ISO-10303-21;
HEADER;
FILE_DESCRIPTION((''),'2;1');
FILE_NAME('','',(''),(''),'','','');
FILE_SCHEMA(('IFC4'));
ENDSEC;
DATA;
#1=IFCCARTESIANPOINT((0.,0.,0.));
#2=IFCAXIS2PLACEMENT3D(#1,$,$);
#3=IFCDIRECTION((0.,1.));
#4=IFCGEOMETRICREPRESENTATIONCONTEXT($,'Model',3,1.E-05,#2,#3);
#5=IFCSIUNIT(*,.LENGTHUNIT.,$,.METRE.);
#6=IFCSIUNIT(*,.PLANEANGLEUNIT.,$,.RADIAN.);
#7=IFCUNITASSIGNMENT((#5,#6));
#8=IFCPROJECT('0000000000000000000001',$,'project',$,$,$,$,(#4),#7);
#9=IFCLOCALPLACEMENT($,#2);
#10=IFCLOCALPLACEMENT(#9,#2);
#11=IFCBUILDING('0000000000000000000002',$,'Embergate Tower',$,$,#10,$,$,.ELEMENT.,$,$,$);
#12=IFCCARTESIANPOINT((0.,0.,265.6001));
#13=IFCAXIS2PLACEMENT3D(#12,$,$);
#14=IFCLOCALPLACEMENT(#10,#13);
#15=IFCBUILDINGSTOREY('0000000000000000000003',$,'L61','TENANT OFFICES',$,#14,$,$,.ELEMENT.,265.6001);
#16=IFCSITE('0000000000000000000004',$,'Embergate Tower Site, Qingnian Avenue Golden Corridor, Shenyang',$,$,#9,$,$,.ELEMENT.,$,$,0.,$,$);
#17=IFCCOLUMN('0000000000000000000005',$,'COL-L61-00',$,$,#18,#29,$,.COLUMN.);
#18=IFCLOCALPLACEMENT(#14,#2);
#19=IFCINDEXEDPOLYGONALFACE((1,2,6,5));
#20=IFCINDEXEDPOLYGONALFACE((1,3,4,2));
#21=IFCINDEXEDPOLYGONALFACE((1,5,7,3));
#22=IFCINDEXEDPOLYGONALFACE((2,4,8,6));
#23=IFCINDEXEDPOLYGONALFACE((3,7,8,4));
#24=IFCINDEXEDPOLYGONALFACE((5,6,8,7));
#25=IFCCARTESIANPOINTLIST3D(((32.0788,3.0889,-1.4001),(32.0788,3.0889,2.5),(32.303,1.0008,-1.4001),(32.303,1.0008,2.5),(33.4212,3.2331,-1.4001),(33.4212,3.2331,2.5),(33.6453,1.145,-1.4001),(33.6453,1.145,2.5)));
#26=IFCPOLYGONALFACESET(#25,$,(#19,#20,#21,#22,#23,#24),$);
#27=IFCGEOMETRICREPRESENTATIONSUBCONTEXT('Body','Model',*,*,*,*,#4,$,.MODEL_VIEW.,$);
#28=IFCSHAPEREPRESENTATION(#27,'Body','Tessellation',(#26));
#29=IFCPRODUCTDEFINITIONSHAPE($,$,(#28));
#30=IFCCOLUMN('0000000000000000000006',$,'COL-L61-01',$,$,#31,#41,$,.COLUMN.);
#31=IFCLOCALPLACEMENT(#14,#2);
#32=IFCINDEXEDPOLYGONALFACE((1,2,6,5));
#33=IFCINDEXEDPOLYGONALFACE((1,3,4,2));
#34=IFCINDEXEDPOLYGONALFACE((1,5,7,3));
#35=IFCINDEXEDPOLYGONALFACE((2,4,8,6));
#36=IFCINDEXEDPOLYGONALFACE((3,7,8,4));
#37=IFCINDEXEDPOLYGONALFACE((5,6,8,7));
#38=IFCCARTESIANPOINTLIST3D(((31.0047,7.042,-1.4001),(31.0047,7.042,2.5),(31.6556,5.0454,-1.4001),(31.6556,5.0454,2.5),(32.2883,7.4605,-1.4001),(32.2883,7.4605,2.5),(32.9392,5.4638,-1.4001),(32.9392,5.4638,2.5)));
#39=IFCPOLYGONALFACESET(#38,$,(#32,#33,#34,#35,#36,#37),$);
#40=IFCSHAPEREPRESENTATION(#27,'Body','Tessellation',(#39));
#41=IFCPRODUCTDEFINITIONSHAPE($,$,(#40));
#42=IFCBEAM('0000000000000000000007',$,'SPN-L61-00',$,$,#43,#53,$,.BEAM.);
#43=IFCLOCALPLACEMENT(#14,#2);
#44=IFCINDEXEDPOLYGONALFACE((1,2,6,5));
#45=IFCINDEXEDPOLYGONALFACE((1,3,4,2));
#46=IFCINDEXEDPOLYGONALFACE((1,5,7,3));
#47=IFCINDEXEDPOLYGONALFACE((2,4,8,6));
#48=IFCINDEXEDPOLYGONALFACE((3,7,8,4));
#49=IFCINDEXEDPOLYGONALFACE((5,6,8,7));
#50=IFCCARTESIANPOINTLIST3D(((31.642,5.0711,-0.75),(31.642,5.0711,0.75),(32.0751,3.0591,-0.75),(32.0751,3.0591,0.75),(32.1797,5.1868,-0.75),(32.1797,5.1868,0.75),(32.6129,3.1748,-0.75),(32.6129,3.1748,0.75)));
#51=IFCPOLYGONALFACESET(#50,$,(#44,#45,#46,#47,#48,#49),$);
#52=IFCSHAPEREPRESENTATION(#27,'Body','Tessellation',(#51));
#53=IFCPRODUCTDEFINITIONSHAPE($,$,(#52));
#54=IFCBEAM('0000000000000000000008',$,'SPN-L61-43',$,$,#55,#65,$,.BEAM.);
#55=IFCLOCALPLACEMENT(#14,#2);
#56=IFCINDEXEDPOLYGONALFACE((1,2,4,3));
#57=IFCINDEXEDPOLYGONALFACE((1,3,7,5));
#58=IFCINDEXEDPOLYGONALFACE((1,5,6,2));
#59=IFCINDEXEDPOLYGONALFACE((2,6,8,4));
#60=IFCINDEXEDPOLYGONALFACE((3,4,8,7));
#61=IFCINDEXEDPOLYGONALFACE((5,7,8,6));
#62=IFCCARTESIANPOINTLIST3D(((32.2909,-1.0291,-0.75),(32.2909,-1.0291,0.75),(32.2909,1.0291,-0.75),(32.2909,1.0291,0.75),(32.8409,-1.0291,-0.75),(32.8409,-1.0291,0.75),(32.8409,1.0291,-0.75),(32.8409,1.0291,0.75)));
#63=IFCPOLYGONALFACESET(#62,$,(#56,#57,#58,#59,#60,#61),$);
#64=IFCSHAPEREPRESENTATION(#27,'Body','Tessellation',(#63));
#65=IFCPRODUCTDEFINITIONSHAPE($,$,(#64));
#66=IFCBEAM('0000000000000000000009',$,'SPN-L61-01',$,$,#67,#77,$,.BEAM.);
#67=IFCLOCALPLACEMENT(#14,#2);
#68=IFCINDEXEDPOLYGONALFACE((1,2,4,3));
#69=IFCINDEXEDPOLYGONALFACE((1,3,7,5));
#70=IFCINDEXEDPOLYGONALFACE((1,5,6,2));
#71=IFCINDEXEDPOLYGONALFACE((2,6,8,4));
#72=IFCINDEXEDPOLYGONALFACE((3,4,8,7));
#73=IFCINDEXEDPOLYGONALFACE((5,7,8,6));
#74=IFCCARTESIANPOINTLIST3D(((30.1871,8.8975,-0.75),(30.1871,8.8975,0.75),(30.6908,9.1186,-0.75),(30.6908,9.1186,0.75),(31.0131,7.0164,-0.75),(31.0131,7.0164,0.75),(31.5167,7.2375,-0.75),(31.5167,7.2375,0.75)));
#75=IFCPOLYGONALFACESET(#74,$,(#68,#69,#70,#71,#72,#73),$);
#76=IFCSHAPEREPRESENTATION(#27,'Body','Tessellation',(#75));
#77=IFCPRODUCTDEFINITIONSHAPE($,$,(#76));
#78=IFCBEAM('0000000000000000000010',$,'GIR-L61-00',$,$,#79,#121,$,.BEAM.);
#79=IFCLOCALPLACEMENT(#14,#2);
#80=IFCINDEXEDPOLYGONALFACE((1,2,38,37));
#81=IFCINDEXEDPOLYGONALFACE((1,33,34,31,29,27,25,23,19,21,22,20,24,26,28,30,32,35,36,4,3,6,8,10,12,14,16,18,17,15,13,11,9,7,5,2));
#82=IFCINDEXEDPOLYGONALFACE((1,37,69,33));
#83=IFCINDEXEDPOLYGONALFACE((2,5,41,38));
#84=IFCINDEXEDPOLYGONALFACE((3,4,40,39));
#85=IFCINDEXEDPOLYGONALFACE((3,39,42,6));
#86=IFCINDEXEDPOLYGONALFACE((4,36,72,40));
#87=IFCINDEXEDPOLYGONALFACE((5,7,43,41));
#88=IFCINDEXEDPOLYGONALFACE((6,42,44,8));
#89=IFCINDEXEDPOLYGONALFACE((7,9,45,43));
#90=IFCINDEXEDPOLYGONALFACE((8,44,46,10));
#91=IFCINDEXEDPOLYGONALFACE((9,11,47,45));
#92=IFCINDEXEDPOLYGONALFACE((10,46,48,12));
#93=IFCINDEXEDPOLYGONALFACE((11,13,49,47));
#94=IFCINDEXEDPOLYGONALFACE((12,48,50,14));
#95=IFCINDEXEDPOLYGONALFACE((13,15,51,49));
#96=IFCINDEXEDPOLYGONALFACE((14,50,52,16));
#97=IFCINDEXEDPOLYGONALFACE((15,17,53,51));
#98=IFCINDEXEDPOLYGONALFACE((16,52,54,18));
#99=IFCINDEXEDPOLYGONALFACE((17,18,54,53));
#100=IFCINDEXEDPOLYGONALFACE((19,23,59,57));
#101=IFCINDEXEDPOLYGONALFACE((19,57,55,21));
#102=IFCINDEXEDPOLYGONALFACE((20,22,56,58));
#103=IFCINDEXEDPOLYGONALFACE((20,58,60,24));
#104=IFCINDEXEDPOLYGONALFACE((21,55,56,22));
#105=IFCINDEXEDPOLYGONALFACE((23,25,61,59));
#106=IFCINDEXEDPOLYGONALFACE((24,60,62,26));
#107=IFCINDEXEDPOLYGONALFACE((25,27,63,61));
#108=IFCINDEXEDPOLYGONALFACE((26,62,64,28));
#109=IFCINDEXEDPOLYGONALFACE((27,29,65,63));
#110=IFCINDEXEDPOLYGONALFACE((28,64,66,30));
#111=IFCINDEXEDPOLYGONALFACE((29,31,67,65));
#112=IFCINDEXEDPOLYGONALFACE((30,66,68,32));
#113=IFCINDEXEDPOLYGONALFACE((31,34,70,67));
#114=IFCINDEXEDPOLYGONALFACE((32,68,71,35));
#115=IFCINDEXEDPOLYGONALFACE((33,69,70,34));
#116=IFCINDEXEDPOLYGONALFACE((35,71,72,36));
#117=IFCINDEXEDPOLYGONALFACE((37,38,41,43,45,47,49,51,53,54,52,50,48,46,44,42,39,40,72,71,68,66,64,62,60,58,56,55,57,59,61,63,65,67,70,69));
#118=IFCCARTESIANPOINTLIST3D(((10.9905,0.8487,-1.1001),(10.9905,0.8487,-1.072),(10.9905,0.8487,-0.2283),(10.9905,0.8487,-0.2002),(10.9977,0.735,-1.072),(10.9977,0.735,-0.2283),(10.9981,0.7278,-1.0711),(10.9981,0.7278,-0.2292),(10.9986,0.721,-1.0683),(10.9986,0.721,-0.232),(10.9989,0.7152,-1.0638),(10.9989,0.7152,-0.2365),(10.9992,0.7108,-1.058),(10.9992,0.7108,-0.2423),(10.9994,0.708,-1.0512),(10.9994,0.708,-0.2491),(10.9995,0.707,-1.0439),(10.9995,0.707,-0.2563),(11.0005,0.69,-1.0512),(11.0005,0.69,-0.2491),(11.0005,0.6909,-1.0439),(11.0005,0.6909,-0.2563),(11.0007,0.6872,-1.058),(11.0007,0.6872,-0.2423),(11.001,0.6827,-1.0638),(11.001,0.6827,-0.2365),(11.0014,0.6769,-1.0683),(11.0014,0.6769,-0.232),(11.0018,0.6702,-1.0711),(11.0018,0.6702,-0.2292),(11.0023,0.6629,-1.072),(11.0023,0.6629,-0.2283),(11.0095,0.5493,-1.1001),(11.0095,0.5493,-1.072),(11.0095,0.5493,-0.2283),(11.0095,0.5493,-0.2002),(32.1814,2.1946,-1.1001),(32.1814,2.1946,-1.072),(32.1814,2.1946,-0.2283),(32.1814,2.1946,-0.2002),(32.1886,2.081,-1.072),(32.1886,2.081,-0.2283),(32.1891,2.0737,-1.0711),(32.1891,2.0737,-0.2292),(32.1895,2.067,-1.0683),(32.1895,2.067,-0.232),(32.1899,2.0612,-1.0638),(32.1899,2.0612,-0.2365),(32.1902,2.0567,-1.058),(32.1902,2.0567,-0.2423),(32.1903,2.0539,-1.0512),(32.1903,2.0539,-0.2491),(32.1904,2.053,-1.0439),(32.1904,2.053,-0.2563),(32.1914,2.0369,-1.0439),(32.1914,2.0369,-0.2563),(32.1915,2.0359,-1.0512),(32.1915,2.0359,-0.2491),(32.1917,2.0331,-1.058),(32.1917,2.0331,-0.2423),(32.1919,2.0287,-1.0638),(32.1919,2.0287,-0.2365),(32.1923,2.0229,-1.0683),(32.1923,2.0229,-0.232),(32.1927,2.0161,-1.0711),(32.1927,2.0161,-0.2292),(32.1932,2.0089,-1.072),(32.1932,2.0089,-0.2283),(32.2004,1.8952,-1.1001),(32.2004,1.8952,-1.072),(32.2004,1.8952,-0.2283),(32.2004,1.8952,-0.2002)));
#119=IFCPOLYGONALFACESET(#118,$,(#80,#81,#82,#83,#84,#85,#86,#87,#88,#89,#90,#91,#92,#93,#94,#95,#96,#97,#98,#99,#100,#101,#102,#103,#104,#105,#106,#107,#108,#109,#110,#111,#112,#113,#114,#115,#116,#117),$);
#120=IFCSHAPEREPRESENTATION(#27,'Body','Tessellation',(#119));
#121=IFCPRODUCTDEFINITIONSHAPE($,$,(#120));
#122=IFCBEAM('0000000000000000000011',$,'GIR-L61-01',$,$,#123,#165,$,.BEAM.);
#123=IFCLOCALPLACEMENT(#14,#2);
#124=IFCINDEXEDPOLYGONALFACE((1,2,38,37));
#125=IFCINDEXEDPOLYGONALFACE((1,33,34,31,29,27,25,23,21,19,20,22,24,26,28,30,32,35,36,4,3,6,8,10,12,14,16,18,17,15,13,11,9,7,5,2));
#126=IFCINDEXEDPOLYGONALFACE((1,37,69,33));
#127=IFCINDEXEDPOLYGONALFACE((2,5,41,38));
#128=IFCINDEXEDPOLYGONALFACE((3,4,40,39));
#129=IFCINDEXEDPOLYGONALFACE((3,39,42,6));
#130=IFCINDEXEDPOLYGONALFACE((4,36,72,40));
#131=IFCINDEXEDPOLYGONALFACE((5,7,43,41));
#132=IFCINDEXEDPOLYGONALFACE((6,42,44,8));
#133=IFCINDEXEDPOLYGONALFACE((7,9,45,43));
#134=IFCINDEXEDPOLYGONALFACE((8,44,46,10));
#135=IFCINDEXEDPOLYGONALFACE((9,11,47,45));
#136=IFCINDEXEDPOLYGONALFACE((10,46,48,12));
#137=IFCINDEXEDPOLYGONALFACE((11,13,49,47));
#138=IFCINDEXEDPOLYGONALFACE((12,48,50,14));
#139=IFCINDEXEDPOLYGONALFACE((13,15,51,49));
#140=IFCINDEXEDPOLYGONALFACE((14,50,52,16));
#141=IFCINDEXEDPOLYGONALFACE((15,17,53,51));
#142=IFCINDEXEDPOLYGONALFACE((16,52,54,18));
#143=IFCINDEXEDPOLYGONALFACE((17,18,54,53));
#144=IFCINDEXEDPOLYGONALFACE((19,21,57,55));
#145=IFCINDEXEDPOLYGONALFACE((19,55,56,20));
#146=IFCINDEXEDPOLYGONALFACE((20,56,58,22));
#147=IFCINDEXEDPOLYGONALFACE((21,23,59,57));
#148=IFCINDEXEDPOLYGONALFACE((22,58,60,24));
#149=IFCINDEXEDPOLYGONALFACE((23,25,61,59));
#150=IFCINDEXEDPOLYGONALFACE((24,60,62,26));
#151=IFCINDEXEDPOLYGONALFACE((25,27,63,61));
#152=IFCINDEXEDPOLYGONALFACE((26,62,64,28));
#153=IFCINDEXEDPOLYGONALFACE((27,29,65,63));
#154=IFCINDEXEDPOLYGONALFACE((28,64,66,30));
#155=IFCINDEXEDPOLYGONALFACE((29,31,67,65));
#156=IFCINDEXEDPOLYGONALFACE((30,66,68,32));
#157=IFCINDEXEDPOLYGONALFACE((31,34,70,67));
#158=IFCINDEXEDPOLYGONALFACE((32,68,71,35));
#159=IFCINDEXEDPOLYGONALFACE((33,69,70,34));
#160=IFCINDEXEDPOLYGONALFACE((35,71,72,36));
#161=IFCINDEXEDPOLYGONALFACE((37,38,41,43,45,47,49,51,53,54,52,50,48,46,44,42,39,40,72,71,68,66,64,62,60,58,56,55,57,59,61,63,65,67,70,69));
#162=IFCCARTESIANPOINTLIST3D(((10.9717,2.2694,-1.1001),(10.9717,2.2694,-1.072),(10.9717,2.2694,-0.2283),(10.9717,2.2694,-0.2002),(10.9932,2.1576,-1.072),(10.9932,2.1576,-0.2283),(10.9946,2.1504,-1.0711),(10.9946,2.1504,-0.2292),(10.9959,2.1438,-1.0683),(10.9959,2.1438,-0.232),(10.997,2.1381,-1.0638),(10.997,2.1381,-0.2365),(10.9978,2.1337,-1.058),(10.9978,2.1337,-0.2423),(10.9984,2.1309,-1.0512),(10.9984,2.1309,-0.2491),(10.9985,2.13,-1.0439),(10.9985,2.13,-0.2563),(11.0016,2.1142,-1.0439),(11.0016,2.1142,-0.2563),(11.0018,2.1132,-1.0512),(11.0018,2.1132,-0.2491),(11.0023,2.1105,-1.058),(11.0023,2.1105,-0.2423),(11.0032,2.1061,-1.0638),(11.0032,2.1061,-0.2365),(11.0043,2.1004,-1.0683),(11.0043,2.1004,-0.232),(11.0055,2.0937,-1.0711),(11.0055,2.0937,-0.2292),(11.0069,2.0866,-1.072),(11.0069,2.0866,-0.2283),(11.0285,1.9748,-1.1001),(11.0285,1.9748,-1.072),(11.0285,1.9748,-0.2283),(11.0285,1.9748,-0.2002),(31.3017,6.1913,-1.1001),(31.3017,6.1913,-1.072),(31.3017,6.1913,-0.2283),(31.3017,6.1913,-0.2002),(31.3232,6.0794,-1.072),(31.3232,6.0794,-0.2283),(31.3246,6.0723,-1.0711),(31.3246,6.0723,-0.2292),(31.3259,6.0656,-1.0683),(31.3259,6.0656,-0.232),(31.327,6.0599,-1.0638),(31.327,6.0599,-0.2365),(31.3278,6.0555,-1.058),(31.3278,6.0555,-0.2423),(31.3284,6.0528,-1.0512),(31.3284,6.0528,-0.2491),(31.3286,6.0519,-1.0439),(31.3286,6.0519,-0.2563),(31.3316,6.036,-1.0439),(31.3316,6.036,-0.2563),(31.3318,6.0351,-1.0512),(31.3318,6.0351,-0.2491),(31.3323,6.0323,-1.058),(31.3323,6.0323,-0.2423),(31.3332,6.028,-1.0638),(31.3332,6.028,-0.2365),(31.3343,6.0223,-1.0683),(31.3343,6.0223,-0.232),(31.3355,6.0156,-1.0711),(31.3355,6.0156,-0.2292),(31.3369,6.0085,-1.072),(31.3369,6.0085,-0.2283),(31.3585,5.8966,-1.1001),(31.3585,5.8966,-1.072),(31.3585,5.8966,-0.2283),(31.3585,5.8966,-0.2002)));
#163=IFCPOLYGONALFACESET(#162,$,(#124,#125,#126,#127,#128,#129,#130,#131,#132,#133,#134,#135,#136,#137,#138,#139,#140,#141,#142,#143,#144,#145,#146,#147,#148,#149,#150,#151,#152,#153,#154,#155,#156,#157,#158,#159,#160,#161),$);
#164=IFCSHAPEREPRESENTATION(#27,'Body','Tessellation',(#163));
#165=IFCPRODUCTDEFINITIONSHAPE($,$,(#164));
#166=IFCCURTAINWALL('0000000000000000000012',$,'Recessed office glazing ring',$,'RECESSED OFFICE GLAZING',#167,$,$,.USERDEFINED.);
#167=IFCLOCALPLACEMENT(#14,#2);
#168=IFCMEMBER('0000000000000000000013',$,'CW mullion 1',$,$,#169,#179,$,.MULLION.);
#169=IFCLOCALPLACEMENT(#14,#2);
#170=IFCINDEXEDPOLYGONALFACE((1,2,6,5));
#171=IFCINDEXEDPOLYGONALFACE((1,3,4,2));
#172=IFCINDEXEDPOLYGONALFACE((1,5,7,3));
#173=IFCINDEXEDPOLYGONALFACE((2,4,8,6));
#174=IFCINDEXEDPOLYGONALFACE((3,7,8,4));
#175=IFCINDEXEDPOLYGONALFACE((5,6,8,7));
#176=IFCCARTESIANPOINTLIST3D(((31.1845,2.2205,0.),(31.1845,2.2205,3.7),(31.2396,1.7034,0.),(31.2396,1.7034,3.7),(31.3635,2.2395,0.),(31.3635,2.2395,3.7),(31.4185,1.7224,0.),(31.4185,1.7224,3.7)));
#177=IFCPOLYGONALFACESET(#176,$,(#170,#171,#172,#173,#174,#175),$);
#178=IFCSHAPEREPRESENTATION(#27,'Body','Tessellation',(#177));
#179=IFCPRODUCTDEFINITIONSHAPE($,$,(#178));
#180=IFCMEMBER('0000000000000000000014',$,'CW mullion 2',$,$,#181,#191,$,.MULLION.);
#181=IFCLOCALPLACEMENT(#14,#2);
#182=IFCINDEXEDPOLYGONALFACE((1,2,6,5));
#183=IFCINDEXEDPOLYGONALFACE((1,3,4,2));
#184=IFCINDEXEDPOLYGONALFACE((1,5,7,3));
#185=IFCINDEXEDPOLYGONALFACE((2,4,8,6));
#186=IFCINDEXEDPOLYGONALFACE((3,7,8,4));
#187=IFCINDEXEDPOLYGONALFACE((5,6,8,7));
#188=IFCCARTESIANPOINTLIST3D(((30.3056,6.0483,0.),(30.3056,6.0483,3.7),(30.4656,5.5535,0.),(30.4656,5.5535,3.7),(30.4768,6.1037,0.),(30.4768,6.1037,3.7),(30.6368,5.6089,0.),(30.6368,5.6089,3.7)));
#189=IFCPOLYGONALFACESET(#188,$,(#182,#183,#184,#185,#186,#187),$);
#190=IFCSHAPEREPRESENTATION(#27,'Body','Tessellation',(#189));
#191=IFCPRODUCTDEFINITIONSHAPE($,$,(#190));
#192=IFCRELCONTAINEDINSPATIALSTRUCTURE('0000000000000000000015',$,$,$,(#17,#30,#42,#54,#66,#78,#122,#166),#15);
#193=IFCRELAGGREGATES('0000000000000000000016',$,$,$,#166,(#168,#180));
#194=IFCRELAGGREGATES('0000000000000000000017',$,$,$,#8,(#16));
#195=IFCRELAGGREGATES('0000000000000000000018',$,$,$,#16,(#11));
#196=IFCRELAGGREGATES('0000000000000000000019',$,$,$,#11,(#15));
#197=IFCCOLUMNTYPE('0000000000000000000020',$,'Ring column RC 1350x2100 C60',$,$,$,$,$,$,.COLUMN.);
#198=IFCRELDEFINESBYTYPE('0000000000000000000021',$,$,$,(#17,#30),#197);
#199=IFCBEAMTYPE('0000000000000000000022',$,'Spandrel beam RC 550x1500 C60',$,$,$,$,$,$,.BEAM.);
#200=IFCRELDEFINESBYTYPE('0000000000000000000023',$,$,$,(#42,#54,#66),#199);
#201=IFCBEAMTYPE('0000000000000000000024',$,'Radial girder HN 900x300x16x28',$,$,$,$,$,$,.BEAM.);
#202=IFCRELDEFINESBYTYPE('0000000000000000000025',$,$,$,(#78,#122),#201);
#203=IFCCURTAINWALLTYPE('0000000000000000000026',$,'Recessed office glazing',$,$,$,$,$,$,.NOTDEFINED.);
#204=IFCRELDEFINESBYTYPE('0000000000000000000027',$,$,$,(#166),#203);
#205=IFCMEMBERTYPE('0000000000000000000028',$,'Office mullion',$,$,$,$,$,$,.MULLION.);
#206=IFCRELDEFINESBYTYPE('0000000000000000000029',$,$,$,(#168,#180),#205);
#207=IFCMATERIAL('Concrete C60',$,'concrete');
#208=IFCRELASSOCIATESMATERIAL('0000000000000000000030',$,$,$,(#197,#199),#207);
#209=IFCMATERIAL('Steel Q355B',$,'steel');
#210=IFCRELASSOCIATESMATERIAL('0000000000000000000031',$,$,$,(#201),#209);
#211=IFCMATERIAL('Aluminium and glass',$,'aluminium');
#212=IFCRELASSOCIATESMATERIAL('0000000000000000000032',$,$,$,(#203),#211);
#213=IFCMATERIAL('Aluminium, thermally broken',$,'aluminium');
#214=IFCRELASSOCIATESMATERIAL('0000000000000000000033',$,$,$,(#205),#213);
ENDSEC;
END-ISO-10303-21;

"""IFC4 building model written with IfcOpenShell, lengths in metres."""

from ifc_helpers import new_model, si_unit, direction, frame, origin, origin_2d, place, context, subcontext, project, spatial, rectangle, i_section, extrude, source, transform, mapped, material, material_profile, profile_set, type_object, element, aggregate, save


model = new_model("IFC4")

# Units and contexts
model_context = context("Model", 3, precision=1e-05, world=origin(), true_north=direction((0.0, 1.0)))
body_context = subcontext(model_context, "Body", "Model", "MODEL_VIEW")
ifc_project = project(units=[si_unit("LENGTHUNIT", "METRE"), si_unit("PLANEANGLEUNIT", "RADIAN")], contexts=[model_context])

# Site, building, storey
site_placement = place(None, origin())
site = spatial("IfcSite", under=ifc_project, at=site_placement, Name="Embergate Tower Site, Qingnian Avenue Golden Corridor, Shenyang", CompositionType="ELEMENT", RefElevation=0.0)
building_placement = place(site_placement, origin())
building = spatial("IfcBuilding", under=site, at=building_placement, Name="Embergate Tower", CompositionType="ELEMENT")
storey_placement = place(building_placement, frame((0.0, 0.0, 265.6001)))
storey = spatial("IfcBuildingStorey", under=building, at=storey_placement, Name="L61", Description="TENANT OFFICES", CompositionType="ELEMENT", Elevation=265.6001)

# Columns
ifc_material_1 = material(Name="Concrete C60", Category="concrete")
ifc_material_profile_1 = material_profile(ifc_material_1, rectangle(XDim=1.3501, YDim=2.1001, at=origin_2d()), Name="RC 1350x2100")
ifc_profile_set_1 = profile_set([ifc_material_profile_1], Name="Concrete C60")
column_type = type_object("IfcColumnType", Name="Ring column RC 1350x2100 C60", PredefinedType="COLUMN", material=ifc_profile_set_1)
shared_shape_1 = source(origin(), body_context, "Body", "SweptSolid", [
    extrude(rectangle(XDim=1.3501, YDim=2.1001, at=origin_2d()), origin(), (0.0, 0.0, 1.0), 3.9001),
])
for number, where, z_axis, x_axis, name in (
    (1, (32.8621, 2.1169, -1.4001), (0.0, 0.0, 1.0), (0.994286, 0.10675, 0.0), "COL-L61-00"),
    (2, (31.9719, 6.2529, -1.4001), (0.0, 0.0, 1.0), (0.950754, 0.309946, 0.0), "COL-L61-01"),
):
    element("IfcColumn", number, at=place(storey_placement, frame(where, z_axis=z_axis, x_axis=x_axis)), inside=storey, type_object=column_type, Name=name, PredefinedType="COLUMN", context=body_context, shape_type="MappedRepresentation", body=[
        mapped(shared_shape_1, transform((0.0, 0.0, 0.0))),
    ])

# Beams
ifc_material_profile_2 = material_profile(ifc_material_1, rectangle(XDim=0.55, YDim=1.5, at=origin_2d()), Name="RC 550x1500")
ifc_profile_set_2 = profile_set([ifc_material_profile_2], Name="Concrete C60")
beam_type_1 = type_object("IfcBeamType", Name="Spandrel beam RC 550x1500 C60", PredefinedType="BEAM", material=ifc_profile_set_2)
shared_shape_2 = source(origin(), body_context, "Body", "SweptSolid", [
    extrude(rectangle(XDim=0.55, YDim=1.5, at=origin_2d()), origin(), (0.0, 0.0, 1.0), 2.0581),
])
for number, where, z_axis, x_axis, name in (
    (3, (32.344, 3.1169, 0.0), (-0.210444, 0.977606, 0.0), (-0.977606, -0.210444, 0.0), "SPN-L61-00"),
    (4, (32.5659, -1.0291, 0.0), (0.0, 1.0, 0.0), (-1.0, 0.0, 0.0), "SPN-L61-43"),
):
    element("IfcBeam", number, at=place(storey_placement, frame(where, z_axis=z_axis, x_axis=x_axis)), inside=storey, type_object=beam_type_1, Name=name, PredefinedType="BEAM", context=body_context, shape_type="MappedRepresentation", body=[
        mapped(shared_shape_2, transform((0.0, 0.0, 0.0))),
    ])
shared_shape_3 = source(origin(), body_context, "Body", "SweptSolid", [
    extrude(rectangle(XDim=0.55, YDim=1.5, at=origin_2d()), origin(), (0.0, 0.0, 1.0), 2.0544),
])
beam_1_placement = place(storey_placement, frame((31.2649, 7.127, 0.0), z_axis=(-0.402022, 0.91563, 0.0), x_axis=(-0.91563, -0.402022, 0.0)))
element("IfcBeam", 5, at=beam_1_placement, inside=storey, type_object=beam_type_1, Name="SPN-L61-01", PredefinedType="BEAM", context=body_context, shape_type="MappedRepresentation", body=[
    mapped(shared_shape_3, transform((0.0, 0.0, 0.0))),
])
ifc_material_2 = material(Name="Steel Q355B", Category="steel")
ifc_material_profile_3 = material_profile(ifc_material_2, i_section(OverallWidth=0.3, OverallDepth=0.8999, WebThickness=0.0161, FlangeThickness=0.0281, FilletRadius=0.0281, at=origin_2d()), Name="HN 900x300x16x28")
ifc_profile_set_3 = profile_set([ifc_material_profile_3], Name="Steel Q355 grade B")
beam_type_2 = type_object("IfcBeamType", Name="Radial girder HN 900x300x16x28", PredefinedType="BEAM", material=ifc_profile_set_3)
shared_shape_4 = source(origin(), body_context, "Body", "SweptSolid", [
    extrude(i_section(OverallWidth=0.3, OverallDepth=0.8999, WebThickness=0.0161, FlangeThickness=0.0281, FilletRadius=0.0281, at=origin_2d()), origin(), (0.0, 0.0, 1.0), 21.2336),
])
beam_2_placement = place(storey_placement, frame((32.1909, 2.0449, -0.6501), z_axis=(-0.997989, -0.063388, 0.0), x_axis=(0.063388, -0.997989, 0.0)))
element("IfcBeam", 6, at=beam_2_placement, inside=storey, type_object=beam_type_2, Name="GIR-L61-00", PredefinedType="BEAM", context=body_context, shape_type="MappedRepresentation", body=[
    mapped(shared_shape_4, transform((0.0, 0.0, 0.0))),
])
shared_shape_5 = source(origin(), body_context, "Body", "SweptSolid", [
    extrude(i_section(OverallWidth=0.3, OverallDepth=0.8999, WebThickness=0.0161, FlangeThickness=0.0281, FilletRadius=0.0281, at=origin_2d()), origin(), (0.0, 0.0, 1.0), 20.7048),
])
beam_3_placement = place(storey_placement, frame((31.3301, 6.0439, -0.6501), z_axis=(-0.981897, -0.189418, 0.0), x_axis=(0.189418, -0.981897, 0.0)))
element("IfcBeam", 7, at=beam_3_placement, inside=storey, type_object=beam_type_2, Name="GIR-L61-01", PredefinedType="BEAM", context=body_context, shape_type="MappedRepresentation", body=[
    mapped(shared_shape_5, transform((0.0, 0.0, 0.0))),
])

# Curtain wall, members
ifc_material_3 = material(Name="Aluminium and glass", Category="aluminium")
curtain_wall_type = type_object("IfcCurtainWallType", Name="Recessed office glazing", PredefinedType="NOTDEFINED", material=ifc_material_3)
curtain_wall_placement = place(storey_placement, origin())
curtain_wall = element("IfcCurtainWall", 8, at=curtain_wall_placement, inside=storey, type_object=curtain_wall_type, Name="Recessed office glazing ring", ObjectType="RECESSED OFFICE GLAZING", PredefinedType="USERDEFINED")
ifc_material_4 = material(Name="Aluminium, thermally broken", Category="aluminium")
ifc_material_profile_4 = material_profile(ifc_material_4, rectangle(XDim=0.1799, YDim=0.52, at=origin_2d()), Name="AL 520x180")
ifc_profile_set_4 = profile_set([ifc_material_profile_4], Name="Aluminium, thermally broken")
member_type_1 = type_object("IfcMemberType", Name="Office mullion", PredefinedType="MULLION", material=ifc_profile_set_4)
shared_shape_6 = source(origin(), body_context, "Body", "SweptSolid", [
    extrude(rectangle(XDim=0.1799, YDim=0.52, at=origin_2d()), origin(), (0.0, 0.0, 1.0), 3.7),
])
member_1_placement = place(storey_placement, frame((31.3015, 1.9714, 0.0), z_axis=(0.0, 0.0, 1.0), x_axis=(-0.994384, -0.10583, 0.0)))
member_1 = element("IfcMember", 9, at=member_1_placement, type_object=member_type_1, Name="CW mullion 1", PredefinedType="MULLION", context=body_context, shape_type="MappedRepresentation", body=[
    mapped(shared_shape_6, transform((0.0, 0.0, 0.0))),
])
member_2_placement = place(storey_placement, frame((30.4712, 5.8286, 0.0), z_axis=(0.0, 0.0, 1.0), x_axis=(-0.951493, -0.307671, 0.0)))
member_2 = element("IfcMember", 10, at=member_2_placement, type_object=member_type_1, Name="CW mullion 2", PredefinedType="MULLION", context=body_context, shape_type="MappedRepresentation", body=[
    mapped(shared_shape_6, transform((0.0, 0.0, 0.0))),
])
aggregate(curtain_wall, [member_1, member_2])

save(model, "model.ifc")
